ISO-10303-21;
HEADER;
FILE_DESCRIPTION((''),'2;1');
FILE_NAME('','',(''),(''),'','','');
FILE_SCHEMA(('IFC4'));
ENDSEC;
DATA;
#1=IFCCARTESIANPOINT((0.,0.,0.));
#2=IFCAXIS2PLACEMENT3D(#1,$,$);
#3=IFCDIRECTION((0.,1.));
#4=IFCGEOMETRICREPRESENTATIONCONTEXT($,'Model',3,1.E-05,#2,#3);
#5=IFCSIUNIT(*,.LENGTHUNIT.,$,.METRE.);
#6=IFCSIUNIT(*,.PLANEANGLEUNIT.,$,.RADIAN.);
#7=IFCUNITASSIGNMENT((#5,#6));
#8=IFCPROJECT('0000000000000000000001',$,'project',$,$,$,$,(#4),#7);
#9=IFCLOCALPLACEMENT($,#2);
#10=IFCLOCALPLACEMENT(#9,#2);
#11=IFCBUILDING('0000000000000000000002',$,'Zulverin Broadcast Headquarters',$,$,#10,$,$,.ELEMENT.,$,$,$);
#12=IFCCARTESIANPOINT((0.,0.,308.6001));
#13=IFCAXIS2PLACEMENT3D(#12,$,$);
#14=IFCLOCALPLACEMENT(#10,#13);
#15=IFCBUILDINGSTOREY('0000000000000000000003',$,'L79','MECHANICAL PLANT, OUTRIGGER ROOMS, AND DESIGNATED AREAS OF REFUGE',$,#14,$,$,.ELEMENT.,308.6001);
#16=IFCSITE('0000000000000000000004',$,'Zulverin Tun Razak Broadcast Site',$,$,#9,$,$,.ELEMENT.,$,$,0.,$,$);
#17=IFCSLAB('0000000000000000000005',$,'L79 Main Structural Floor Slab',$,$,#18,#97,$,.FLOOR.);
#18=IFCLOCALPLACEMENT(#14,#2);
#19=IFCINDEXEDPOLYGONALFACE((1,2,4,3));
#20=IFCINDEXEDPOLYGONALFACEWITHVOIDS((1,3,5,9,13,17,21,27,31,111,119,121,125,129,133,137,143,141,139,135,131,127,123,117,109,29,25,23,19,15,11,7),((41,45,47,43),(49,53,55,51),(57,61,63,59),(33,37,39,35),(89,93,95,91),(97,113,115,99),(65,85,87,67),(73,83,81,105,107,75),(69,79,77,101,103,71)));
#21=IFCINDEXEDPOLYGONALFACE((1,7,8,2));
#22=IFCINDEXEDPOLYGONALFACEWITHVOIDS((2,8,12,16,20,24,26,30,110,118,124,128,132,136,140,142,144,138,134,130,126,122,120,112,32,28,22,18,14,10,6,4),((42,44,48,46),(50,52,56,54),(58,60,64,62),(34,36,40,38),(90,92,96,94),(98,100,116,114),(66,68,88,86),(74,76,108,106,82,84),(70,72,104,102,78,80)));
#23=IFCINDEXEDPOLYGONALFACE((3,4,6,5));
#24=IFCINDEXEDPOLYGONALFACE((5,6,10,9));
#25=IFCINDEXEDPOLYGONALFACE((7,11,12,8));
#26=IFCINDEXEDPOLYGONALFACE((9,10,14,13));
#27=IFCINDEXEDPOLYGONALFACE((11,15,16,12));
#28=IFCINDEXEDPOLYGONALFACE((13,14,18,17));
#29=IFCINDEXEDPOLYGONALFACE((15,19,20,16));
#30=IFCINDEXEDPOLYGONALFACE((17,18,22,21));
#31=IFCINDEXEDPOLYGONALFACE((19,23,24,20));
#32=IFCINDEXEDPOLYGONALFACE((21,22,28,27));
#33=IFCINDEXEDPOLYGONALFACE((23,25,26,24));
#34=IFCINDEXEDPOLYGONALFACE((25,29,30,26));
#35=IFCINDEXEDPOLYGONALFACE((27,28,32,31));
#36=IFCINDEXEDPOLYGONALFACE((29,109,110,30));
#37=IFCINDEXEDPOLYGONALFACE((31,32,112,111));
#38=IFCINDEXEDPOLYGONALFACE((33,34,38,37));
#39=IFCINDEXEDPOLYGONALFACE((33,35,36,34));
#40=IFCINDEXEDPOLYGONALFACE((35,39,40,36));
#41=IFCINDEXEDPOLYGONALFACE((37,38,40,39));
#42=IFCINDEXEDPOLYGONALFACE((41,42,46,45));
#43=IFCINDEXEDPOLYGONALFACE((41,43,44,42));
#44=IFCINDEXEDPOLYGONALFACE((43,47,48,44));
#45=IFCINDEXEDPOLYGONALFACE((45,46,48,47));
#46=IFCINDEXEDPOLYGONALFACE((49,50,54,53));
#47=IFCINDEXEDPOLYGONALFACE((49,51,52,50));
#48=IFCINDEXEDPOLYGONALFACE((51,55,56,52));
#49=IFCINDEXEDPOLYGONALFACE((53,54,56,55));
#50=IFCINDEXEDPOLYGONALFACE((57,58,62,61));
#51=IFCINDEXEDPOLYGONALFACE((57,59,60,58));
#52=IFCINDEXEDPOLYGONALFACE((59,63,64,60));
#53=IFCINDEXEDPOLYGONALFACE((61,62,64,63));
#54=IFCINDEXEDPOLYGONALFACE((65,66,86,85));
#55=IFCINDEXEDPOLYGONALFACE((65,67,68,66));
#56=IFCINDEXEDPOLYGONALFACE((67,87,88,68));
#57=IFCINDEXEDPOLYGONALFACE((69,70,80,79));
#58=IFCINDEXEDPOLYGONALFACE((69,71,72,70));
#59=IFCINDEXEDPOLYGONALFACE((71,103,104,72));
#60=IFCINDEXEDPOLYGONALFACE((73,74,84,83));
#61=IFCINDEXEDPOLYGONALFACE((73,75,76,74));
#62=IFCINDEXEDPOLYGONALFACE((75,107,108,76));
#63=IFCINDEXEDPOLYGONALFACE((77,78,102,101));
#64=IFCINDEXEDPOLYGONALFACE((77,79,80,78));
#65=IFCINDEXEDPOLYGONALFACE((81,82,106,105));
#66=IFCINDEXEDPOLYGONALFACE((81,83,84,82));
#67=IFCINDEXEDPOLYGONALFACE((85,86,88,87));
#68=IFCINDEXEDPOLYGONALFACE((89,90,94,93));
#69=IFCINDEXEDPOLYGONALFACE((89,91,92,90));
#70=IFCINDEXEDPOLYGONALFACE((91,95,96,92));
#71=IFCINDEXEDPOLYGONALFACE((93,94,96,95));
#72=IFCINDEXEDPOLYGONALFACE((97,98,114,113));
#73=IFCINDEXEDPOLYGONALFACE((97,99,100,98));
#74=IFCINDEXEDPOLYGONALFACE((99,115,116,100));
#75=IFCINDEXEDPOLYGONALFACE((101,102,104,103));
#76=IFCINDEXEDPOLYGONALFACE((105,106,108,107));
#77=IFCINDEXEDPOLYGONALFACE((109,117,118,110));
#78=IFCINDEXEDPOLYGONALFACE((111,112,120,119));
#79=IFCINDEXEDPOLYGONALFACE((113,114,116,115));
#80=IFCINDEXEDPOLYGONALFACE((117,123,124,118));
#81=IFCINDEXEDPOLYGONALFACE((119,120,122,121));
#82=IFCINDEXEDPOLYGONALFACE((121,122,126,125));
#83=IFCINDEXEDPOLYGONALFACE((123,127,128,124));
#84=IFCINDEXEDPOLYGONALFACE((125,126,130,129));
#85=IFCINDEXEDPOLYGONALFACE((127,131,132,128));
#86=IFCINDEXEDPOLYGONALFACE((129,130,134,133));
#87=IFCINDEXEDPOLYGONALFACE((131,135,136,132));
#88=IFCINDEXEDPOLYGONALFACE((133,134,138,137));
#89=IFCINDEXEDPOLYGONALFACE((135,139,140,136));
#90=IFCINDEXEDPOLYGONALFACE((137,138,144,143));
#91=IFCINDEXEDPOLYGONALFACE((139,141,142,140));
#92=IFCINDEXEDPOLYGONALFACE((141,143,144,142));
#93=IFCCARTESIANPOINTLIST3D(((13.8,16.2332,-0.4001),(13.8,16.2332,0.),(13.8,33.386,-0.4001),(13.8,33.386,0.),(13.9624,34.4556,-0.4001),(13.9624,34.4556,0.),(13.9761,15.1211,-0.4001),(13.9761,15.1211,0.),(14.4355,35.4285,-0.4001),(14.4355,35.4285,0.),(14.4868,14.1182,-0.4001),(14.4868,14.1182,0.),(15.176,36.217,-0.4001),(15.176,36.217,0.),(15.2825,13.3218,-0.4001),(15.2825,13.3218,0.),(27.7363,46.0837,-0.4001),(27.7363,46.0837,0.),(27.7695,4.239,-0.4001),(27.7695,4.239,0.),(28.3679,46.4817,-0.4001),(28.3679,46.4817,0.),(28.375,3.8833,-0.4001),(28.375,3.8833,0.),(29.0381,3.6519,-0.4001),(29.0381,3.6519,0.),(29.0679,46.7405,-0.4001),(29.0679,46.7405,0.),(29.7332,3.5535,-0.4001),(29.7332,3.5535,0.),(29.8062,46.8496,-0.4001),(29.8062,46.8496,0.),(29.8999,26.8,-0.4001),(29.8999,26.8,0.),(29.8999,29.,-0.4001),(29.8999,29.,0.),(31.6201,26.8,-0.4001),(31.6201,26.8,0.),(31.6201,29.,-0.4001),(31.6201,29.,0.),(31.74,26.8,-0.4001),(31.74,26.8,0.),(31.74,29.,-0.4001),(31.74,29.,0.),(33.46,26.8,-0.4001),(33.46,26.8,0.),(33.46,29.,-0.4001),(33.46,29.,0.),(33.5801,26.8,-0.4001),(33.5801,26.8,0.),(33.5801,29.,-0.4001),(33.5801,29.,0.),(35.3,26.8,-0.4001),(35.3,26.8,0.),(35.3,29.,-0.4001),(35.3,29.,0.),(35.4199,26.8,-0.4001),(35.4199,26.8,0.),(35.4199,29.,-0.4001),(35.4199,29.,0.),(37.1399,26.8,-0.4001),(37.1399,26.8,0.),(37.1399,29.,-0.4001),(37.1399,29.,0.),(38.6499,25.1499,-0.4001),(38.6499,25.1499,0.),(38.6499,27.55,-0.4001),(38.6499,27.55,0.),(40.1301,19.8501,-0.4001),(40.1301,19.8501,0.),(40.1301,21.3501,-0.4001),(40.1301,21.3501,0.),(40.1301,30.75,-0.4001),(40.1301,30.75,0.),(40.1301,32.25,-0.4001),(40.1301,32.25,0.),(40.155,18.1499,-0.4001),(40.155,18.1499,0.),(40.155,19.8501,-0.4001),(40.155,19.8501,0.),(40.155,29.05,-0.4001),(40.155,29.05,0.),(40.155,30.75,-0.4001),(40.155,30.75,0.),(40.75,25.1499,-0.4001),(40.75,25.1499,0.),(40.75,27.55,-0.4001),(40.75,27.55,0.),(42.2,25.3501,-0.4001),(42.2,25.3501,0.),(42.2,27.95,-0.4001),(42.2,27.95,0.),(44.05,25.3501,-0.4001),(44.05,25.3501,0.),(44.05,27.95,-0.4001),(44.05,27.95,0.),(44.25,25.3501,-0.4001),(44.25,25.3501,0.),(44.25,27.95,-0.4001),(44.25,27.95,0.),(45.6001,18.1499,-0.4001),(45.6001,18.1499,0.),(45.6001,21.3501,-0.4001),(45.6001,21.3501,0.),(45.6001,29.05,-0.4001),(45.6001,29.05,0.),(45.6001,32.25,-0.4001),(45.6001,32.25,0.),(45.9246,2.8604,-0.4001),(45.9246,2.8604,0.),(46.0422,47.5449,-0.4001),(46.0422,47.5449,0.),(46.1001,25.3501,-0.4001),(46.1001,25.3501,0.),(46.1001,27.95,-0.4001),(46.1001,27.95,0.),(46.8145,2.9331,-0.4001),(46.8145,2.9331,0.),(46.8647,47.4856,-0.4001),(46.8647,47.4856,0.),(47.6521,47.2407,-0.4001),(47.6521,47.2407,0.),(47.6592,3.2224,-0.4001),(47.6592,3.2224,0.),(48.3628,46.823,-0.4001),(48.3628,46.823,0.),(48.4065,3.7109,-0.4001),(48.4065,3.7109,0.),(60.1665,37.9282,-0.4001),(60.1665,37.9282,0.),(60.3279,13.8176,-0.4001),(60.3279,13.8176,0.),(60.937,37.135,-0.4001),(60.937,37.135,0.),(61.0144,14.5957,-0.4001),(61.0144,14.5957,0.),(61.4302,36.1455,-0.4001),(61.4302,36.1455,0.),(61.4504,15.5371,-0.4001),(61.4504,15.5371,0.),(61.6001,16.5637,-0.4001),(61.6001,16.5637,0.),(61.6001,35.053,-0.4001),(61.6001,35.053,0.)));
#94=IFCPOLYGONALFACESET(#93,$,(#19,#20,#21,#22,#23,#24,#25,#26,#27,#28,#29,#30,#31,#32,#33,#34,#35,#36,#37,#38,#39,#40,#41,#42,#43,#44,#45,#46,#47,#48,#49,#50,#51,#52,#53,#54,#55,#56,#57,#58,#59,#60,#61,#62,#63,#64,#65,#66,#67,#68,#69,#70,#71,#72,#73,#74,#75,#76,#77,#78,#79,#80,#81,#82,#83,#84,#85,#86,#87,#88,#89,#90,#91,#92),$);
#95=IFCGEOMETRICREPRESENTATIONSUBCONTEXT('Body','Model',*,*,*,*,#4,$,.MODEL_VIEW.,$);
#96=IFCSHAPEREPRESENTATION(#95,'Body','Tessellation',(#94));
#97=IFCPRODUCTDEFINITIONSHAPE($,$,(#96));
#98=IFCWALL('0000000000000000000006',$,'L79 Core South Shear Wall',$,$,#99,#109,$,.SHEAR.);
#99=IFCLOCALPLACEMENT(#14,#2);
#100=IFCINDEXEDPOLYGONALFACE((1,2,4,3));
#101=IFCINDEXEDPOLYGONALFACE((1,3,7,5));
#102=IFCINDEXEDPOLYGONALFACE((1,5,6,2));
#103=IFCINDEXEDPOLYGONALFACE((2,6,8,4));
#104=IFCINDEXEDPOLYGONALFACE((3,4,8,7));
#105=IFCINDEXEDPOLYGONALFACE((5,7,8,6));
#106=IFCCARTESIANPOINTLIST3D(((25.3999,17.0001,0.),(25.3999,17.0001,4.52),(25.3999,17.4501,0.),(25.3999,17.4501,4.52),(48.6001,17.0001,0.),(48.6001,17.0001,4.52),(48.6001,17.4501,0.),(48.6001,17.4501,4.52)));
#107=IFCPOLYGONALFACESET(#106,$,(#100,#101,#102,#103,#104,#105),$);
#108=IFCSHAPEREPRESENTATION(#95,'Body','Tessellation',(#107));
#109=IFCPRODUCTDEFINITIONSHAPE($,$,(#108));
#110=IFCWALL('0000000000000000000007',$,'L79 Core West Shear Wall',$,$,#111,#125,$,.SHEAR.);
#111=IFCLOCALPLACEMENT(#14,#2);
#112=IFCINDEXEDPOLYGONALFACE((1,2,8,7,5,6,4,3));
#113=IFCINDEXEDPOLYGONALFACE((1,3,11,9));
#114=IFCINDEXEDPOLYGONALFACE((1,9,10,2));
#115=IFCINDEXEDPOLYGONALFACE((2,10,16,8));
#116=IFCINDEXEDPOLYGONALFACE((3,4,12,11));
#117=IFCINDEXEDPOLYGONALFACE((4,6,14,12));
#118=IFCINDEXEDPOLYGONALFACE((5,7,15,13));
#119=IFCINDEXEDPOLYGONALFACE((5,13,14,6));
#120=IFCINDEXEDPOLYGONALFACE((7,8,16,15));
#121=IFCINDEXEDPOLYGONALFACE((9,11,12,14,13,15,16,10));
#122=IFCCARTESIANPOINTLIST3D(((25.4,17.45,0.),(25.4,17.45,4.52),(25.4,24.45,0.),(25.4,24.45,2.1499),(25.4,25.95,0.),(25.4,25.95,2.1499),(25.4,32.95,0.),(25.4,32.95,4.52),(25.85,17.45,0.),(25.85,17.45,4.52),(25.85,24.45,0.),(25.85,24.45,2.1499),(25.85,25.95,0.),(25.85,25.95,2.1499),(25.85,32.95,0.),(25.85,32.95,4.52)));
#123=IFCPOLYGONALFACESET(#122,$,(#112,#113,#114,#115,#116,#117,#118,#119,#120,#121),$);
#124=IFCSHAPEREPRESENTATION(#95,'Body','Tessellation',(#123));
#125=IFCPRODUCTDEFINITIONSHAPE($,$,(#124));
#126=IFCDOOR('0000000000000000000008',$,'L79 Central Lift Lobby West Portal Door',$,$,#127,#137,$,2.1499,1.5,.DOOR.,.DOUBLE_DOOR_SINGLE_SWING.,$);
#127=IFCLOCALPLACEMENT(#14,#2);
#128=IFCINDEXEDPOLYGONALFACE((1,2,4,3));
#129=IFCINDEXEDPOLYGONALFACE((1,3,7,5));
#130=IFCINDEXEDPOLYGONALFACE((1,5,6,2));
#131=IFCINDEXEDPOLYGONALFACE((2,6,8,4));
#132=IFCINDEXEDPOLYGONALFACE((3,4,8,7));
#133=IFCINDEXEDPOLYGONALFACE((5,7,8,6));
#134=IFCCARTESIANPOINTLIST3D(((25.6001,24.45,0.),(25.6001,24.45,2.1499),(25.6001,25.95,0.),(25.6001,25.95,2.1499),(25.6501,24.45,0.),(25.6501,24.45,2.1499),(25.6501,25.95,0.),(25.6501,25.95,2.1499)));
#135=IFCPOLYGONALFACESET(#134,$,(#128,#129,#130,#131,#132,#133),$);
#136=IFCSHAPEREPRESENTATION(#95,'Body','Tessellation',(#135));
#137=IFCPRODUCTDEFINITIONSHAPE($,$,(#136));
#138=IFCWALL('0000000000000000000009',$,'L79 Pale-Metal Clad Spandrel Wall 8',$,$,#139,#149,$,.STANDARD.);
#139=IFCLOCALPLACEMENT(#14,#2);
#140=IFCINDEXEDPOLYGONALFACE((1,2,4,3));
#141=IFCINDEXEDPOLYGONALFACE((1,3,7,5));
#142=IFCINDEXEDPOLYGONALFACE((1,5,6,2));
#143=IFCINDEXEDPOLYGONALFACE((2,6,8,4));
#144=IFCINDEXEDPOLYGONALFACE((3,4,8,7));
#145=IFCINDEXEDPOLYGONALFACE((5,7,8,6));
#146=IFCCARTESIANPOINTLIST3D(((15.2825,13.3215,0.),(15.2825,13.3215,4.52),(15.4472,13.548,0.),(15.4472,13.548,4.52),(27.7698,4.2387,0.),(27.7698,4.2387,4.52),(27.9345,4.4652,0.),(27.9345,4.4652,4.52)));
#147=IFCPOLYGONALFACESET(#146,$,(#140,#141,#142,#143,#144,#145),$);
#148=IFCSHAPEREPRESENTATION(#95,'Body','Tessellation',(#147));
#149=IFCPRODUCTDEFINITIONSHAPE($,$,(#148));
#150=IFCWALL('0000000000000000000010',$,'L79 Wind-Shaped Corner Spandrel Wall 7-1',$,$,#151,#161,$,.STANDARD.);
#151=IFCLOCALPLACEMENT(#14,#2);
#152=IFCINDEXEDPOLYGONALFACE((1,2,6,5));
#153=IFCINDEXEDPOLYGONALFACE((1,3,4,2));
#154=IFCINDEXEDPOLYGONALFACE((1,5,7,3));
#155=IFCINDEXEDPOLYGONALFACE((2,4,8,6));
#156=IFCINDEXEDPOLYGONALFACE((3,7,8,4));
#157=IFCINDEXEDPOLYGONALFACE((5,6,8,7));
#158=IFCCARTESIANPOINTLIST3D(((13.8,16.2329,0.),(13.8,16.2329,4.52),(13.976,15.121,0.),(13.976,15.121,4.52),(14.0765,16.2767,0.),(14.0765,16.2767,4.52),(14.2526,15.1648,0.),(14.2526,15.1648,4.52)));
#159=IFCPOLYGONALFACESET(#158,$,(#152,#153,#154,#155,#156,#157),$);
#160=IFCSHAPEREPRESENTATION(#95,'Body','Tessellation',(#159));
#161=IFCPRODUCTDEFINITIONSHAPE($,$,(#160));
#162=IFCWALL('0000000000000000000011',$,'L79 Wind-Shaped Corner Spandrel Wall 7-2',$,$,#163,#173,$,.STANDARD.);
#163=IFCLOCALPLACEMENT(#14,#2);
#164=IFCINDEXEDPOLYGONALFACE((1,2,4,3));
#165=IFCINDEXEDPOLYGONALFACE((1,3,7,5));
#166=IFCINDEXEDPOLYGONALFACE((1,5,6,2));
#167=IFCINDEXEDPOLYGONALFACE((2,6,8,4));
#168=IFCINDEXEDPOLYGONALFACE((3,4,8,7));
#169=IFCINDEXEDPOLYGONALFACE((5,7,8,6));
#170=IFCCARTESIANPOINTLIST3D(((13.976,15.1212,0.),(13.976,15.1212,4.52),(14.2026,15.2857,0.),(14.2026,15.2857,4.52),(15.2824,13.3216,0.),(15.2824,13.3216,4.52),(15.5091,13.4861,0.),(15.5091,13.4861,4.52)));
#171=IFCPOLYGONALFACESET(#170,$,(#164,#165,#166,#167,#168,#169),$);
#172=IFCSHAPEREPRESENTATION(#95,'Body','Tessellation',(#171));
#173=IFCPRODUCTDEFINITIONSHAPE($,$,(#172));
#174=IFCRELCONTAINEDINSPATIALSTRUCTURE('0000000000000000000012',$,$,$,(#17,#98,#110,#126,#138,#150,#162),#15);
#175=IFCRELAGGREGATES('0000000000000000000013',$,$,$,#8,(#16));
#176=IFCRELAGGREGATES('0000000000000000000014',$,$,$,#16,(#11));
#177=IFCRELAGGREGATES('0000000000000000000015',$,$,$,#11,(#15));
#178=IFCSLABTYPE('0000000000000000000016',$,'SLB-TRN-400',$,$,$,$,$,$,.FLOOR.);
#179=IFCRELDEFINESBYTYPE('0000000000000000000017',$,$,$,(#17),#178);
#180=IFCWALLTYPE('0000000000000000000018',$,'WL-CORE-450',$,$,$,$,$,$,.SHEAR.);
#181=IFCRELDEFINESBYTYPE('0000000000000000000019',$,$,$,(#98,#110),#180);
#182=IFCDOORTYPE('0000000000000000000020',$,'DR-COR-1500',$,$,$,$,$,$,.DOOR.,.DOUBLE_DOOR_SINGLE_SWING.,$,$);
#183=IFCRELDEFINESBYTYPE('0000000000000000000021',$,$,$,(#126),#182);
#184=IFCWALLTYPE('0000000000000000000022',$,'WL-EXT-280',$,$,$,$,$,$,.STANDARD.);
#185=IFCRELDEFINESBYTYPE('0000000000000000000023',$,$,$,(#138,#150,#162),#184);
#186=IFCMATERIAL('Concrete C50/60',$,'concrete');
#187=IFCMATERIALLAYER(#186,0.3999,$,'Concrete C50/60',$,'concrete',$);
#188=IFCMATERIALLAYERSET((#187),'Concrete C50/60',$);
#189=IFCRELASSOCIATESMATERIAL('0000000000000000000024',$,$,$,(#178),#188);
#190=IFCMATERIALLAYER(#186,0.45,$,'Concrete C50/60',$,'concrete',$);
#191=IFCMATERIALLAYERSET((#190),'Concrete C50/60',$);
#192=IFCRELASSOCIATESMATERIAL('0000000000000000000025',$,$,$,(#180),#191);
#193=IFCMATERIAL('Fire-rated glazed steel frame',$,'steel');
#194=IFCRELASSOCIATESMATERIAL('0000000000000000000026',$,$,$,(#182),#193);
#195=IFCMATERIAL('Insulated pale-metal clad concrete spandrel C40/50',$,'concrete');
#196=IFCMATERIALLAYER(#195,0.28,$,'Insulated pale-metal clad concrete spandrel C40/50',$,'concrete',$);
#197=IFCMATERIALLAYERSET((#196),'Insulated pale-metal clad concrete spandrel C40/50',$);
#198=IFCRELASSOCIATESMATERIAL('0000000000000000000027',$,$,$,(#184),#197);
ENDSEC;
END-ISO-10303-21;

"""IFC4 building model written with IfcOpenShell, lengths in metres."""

from ifc_helpers import new_model, si_unit, direction, frame, frame_2d, origin, place, context, subcontext, project, spatial, polyline, rectangle, outline, extrude, material, layer, layer_set, type_object, element, fill, save


model = new_model("IFC4")

# Units and contexts
model_context = context("Model", 3, precision=1e-05, world=origin(), true_north=direction((0.0, 1.0)))
body_context = subcontext(model_context, "Body", "Model", "MODEL_VIEW")
ifc_project = project(units=[si_unit("LENGTHUNIT", "METRE"), si_unit("PLANEANGLEUNIT", "RADIAN")], contexts=[model_context])

# Site, building, storey
site_placement = place(None, origin())
site = spatial("IfcSite", under=ifc_project, at=site_placement, Name="Zulverin Tun Razak Broadcast Site", CompositionType="ELEMENT", RefElevation=0.0)
building_placement = place(site_placement, origin())
building = spatial("IfcBuilding", under=site, at=building_placement, Name="Zulverin Broadcast Headquarters", CompositionType="ELEMENT")
storey_placement = place(building_placement, frame((0.0, 0.0, 308.6001)))
storey = spatial("IfcBuildingStorey", under=building, at=storey_placement, Name="L79", Description="MECHANICAL PLANT, OUTRIGGER ROOMS, AND DESIGNATED AREAS OF REFUGE", CompositionType="ELEMENT", Elevation=308.6001)

# Shared definitions
ifc_material_1 = material(Name="Concrete C50/60", Category="concrete")

# Slab
ifc_layer_1 = layer(ifc_material_1, 0.3999, Name="Concrete C50/60", Category="concrete")
ifc_layer_set_1 = layer_set([ifc_layer_1], Name="Concrete C50/60")
slab_type_1 = type_object("IfcSlabType", Name="SLB-TRN-400", PredefinedType="FLOOR", material=ifc_layer_set_1)
slab_1_placement = place(storey_placement, frame((0.0, 0.0, -0.4001)))
element("IfcSlab", 1, at=slab_1_placement, inside=storey, type_object=slab_type_1, Name="L79 Main Structural Floor Slab", PredefinedType="FLOOR", context=body_context, shape_type="SweptSolid", body=[
    extrude(outline(polyline([(27.7695, 4.239), (28.375, 3.8833), (29.0381, 3.6519), (29.7332, 3.5535), (45.9246, 2.8604), (46.8145, 2.9331), (47.6592, 3.2224), (48.4065, 3.7109), (60.3279, 13.8176), (61.0144, 14.5957), (61.4504, 15.5371), (61.6001, 16.5637), (61.6001, 35.053), (61.4302, 36.1455), (60.937, 37.135), (60.1665, 37.9282), (48.3628, 46.823), (47.6521, 47.2407), (46.8647, 47.4856), (46.0422, 47.5449), (29.8062, 46.8496), (29.0679, 46.7405), (28.3679, 46.4817), (27.7363, 46.0837), (15.176, 36.217), (14.4355, 35.4285), (13.9624, 34.4556), (13.8, 33.386), (13.8, 16.2332), (13.9761, 15.1211), (14.4868, 14.1182), (15.2825, 13.3218), (27.7695, 4.239)]), holes=[polyline([(40.155, 30.75), (40.1301, 30.75), (40.1301, 32.25), (45.6001, 32.25), (45.6001, 29.05), (40.155, 29.05), (40.155, 30.75)]), polyline([(40.155, 19.8501), (40.1301, 19.8501), (40.1301, 21.3501), (45.6001, 21.3501), (45.6001, 18.1499), (40.155, 18.1499), (40.155, 19.8501)]), polyline([(29.8999, 26.8), (31.6201, 26.8), (31.6201, 29.0), (29.8999, 29.0), (29.8999, 26.8)]), polyline([(31.74, 26.8), (33.46, 26.8), (33.46, 29.0), (31.74, 29.0), (31.74, 26.8)]), polyline([(33.5801, 26.8), (35.3, 26.8), (35.3, 29.0), (33.5801, 29.0), (33.5801, 26.8)]), polyline([(35.4199, 26.8), (37.1399, 26.8), (37.1399, 29.0), (35.4199, 29.0), (35.4199, 26.8)]), polyline([(42.2, 25.3501), (44.05, 25.3501), (44.05, 27.95), (42.2, 27.95), (42.2, 25.3501)]), polyline([(44.25, 25.3501), (46.1001, 25.3501), (46.1001, 27.95), (44.25, 27.95), (44.25, 25.3501)]), polyline([(38.6499, 25.1499), (40.75, 25.1499), (40.75, 27.55), (38.6499, 27.55), (38.6499, 25.1499)])]), origin(), (0.0, 0.0, 1.0), 0.4001),
])

# Wall
ifc_layer_2 = layer(ifc_material_1, 0.45, Name="Concrete C50/60", Category="concrete")
ifc_layer_set_2 = layer_set([ifc_layer_2], Name="Concrete C50/60")
wall_type_1 = type_object("IfcWallType", Name="WL-CORE-450", PredefinedType="SHEAR", material=ifc_layer_set_2)
wall_1_placement = place(storey_placement, frame((25.3999, 17.2251, 0.0), z_axis=(0.0, 0.0, 1.0), x_axis=(1.0, 0.0, 0.0)))
element("IfcWall", 2, at=wall_1_placement, inside=storey, type_object=wall_type_1, Name="L79 Core South Shear Wall", PredefinedType="SHEAR", context=body_context, shape_type="SweptSolid", body=[
    extrude(rectangle(XDim=23.2002, YDim=0.45, at=frame_2d((11.6001, 0.0))), origin(), (0.0, 0.0, 1.0), 4.52),
])

# Wall, opening, door
wall_2_placement = place(storey_placement, frame((25.625, 17.45, 0.0), z_axis=(0.0, 0.0, 1.0), x_axis=(0.0, 1.0, 0.0)))
wall_2 = element("IfcWall", 3, at=wall_2_placement, inside=storey, type_object=wall_type_1, Name="L79 Core West Shear Wall", PredefinedType="SHEAR", context=body_context, shape_type="SweptSolid", body=[
    extrude(rectangle(XDim=15.5, YDim=0.45, at=frame_2d((7.75, 0.0))), origin(), (0.0, 0.0, 1.0), 4.52),
])
opening_1_placement = place(wall_2_placement, frame((7.0, 0.0, 0.0)))
opening_1 = element("IfcOpeningElement", 4, at=opening_1_placement, cuts=wall_2, PredefinedType="OPENING", context=body_context, shape_type="SweptSolid", body=[
    extrude(rectangle(XDim=1.5, YDim=2.1499, at=frame_2d((0.75, 1.075))), frame((0.0, 0.2349, 0.0), z_axis=(0.0, -1.0, 0.0), x_axis=(1.0, 0.0, 0.0)), (0.0, 0.0, 1.0), 0.47),
])
ifc_material_2 = material(Name="Fire-rated glazed steel frame", Category="steel")
door_type_1 = type_object("IfcDoorType", Name="DR-COR-1500", OperationType="DOUBLE_DOOR_SINGLE_SWING", PredefinedType="DOOR", material=ifc_material_2)
door_1_placement = place(opening_1_placement, origin())
door_1 = element("IfcDoor", 5, at=door_1_placement, inside=storey, type_object=door_type_1, Name="L79 Central Lift Lobby West Portal Door", OperationType="DOUBLE_DOOR_SINGLE_SWING", OverallHeight=2.1499, OverallWidth=1.5, PredefinedType="DOOR", context=body_context, shape_type="SweptSolid", body=[
    extrude(rectangle(XDim=1.5, YDim=2.1499, at=frame_2d((0.75, 1.075))), frame((0.0, 0.0249, 0.0), z_axis=(0.0, -1.0, 0.0), x_axis=(1.0, 0.0, 0.0)), (0.0, 0.0, 1.0), 0.05),
])
fill(opening_1, door_1)

# Walls
ifc_material_3 = material(Name="Insulated pale-metal clad concrete spandrel C40/50", Category="concrete")
ifc_layer_3 = layer(ifc_material_3, 0.28, Name="Insulated pale-metal clad concrete spandrel C40/50", Category="concrete")
ifc_layer_set_3 = layer_set([ifc_layer_3], Name="Insulated pale-metal clad concrete spandrel C40/50")
wall_type_2 = type_object("IfcWallType", Name="WL-EXT-280", PredefinedType="STANDARD", material=ifc_layer_set_3)
wall_3_placement = place(storey_placement, frame((15.3647, 13.4348, 0.0), z_axis=(0.0, 0.0, 1.0), x_axis=(0.808703, -0.588218, 0.0)))
element("IfcWall", 6, at=wall_3_placement, inside=storey, type_object=wall_type_2, Name="L79 Pale-Metal Clad Spandrel Wall 8", PredefinedType="STANDARD", context=body_context, shape_type="SweptSolid", body=[
    extrude(rectangle(XDim=15.4412, YDim=0.28, at=frame_2d((7.7207, 0.0))), origin(), (0.0, 0.0, 1.0), 4.52),
])
wall_4_placement = place(storey_placement, frame((13.9382, 16.2549, 0.0), z_axis=(0.0, 0.0, 1.0), x_axis=(0.156375, -0.987698, 0.0)))
element("IfcWall", 7, at=wall_4_placement, inside=storey, type_object=wall_type_2, Name="L79 Wind-Shaped Corner Spandrel Wall 7-1", PredefinedType="STANDARD", context=body_context, shape_type="SweptSolid", body=[
    extrude(rectangle(XDim=1.1257, YDim=0.28, at=frame_2d((0.563, 0.0))), origin(), (0.0, 0.0, 1.0), 4.52),
])
wall_5_placement = place(storey_placement, frame((14.0894, 15.2034, 0.0), z_axis=(0.0, 0.0, 1.0), x_axis=(0.587473, -0.809244, 0.0)))
element("IfcWall", 8, at=wall_5_placement, inside=storey, type_object=wall_type_2, Name="L79 Wind-Shaped Corner Spandrel Wall 7-2", PredefinedType="STANDARD", context=body_context, shape_type="SweptSolid", body=[
    extrude(rectangle(XDim=2.2239, YDim=0.28, at=frame_2d((1.1118, 0.0))), origin(), (0.0, 0.0, 1.0), 4.52),
])

save(model, "model.ifc")
